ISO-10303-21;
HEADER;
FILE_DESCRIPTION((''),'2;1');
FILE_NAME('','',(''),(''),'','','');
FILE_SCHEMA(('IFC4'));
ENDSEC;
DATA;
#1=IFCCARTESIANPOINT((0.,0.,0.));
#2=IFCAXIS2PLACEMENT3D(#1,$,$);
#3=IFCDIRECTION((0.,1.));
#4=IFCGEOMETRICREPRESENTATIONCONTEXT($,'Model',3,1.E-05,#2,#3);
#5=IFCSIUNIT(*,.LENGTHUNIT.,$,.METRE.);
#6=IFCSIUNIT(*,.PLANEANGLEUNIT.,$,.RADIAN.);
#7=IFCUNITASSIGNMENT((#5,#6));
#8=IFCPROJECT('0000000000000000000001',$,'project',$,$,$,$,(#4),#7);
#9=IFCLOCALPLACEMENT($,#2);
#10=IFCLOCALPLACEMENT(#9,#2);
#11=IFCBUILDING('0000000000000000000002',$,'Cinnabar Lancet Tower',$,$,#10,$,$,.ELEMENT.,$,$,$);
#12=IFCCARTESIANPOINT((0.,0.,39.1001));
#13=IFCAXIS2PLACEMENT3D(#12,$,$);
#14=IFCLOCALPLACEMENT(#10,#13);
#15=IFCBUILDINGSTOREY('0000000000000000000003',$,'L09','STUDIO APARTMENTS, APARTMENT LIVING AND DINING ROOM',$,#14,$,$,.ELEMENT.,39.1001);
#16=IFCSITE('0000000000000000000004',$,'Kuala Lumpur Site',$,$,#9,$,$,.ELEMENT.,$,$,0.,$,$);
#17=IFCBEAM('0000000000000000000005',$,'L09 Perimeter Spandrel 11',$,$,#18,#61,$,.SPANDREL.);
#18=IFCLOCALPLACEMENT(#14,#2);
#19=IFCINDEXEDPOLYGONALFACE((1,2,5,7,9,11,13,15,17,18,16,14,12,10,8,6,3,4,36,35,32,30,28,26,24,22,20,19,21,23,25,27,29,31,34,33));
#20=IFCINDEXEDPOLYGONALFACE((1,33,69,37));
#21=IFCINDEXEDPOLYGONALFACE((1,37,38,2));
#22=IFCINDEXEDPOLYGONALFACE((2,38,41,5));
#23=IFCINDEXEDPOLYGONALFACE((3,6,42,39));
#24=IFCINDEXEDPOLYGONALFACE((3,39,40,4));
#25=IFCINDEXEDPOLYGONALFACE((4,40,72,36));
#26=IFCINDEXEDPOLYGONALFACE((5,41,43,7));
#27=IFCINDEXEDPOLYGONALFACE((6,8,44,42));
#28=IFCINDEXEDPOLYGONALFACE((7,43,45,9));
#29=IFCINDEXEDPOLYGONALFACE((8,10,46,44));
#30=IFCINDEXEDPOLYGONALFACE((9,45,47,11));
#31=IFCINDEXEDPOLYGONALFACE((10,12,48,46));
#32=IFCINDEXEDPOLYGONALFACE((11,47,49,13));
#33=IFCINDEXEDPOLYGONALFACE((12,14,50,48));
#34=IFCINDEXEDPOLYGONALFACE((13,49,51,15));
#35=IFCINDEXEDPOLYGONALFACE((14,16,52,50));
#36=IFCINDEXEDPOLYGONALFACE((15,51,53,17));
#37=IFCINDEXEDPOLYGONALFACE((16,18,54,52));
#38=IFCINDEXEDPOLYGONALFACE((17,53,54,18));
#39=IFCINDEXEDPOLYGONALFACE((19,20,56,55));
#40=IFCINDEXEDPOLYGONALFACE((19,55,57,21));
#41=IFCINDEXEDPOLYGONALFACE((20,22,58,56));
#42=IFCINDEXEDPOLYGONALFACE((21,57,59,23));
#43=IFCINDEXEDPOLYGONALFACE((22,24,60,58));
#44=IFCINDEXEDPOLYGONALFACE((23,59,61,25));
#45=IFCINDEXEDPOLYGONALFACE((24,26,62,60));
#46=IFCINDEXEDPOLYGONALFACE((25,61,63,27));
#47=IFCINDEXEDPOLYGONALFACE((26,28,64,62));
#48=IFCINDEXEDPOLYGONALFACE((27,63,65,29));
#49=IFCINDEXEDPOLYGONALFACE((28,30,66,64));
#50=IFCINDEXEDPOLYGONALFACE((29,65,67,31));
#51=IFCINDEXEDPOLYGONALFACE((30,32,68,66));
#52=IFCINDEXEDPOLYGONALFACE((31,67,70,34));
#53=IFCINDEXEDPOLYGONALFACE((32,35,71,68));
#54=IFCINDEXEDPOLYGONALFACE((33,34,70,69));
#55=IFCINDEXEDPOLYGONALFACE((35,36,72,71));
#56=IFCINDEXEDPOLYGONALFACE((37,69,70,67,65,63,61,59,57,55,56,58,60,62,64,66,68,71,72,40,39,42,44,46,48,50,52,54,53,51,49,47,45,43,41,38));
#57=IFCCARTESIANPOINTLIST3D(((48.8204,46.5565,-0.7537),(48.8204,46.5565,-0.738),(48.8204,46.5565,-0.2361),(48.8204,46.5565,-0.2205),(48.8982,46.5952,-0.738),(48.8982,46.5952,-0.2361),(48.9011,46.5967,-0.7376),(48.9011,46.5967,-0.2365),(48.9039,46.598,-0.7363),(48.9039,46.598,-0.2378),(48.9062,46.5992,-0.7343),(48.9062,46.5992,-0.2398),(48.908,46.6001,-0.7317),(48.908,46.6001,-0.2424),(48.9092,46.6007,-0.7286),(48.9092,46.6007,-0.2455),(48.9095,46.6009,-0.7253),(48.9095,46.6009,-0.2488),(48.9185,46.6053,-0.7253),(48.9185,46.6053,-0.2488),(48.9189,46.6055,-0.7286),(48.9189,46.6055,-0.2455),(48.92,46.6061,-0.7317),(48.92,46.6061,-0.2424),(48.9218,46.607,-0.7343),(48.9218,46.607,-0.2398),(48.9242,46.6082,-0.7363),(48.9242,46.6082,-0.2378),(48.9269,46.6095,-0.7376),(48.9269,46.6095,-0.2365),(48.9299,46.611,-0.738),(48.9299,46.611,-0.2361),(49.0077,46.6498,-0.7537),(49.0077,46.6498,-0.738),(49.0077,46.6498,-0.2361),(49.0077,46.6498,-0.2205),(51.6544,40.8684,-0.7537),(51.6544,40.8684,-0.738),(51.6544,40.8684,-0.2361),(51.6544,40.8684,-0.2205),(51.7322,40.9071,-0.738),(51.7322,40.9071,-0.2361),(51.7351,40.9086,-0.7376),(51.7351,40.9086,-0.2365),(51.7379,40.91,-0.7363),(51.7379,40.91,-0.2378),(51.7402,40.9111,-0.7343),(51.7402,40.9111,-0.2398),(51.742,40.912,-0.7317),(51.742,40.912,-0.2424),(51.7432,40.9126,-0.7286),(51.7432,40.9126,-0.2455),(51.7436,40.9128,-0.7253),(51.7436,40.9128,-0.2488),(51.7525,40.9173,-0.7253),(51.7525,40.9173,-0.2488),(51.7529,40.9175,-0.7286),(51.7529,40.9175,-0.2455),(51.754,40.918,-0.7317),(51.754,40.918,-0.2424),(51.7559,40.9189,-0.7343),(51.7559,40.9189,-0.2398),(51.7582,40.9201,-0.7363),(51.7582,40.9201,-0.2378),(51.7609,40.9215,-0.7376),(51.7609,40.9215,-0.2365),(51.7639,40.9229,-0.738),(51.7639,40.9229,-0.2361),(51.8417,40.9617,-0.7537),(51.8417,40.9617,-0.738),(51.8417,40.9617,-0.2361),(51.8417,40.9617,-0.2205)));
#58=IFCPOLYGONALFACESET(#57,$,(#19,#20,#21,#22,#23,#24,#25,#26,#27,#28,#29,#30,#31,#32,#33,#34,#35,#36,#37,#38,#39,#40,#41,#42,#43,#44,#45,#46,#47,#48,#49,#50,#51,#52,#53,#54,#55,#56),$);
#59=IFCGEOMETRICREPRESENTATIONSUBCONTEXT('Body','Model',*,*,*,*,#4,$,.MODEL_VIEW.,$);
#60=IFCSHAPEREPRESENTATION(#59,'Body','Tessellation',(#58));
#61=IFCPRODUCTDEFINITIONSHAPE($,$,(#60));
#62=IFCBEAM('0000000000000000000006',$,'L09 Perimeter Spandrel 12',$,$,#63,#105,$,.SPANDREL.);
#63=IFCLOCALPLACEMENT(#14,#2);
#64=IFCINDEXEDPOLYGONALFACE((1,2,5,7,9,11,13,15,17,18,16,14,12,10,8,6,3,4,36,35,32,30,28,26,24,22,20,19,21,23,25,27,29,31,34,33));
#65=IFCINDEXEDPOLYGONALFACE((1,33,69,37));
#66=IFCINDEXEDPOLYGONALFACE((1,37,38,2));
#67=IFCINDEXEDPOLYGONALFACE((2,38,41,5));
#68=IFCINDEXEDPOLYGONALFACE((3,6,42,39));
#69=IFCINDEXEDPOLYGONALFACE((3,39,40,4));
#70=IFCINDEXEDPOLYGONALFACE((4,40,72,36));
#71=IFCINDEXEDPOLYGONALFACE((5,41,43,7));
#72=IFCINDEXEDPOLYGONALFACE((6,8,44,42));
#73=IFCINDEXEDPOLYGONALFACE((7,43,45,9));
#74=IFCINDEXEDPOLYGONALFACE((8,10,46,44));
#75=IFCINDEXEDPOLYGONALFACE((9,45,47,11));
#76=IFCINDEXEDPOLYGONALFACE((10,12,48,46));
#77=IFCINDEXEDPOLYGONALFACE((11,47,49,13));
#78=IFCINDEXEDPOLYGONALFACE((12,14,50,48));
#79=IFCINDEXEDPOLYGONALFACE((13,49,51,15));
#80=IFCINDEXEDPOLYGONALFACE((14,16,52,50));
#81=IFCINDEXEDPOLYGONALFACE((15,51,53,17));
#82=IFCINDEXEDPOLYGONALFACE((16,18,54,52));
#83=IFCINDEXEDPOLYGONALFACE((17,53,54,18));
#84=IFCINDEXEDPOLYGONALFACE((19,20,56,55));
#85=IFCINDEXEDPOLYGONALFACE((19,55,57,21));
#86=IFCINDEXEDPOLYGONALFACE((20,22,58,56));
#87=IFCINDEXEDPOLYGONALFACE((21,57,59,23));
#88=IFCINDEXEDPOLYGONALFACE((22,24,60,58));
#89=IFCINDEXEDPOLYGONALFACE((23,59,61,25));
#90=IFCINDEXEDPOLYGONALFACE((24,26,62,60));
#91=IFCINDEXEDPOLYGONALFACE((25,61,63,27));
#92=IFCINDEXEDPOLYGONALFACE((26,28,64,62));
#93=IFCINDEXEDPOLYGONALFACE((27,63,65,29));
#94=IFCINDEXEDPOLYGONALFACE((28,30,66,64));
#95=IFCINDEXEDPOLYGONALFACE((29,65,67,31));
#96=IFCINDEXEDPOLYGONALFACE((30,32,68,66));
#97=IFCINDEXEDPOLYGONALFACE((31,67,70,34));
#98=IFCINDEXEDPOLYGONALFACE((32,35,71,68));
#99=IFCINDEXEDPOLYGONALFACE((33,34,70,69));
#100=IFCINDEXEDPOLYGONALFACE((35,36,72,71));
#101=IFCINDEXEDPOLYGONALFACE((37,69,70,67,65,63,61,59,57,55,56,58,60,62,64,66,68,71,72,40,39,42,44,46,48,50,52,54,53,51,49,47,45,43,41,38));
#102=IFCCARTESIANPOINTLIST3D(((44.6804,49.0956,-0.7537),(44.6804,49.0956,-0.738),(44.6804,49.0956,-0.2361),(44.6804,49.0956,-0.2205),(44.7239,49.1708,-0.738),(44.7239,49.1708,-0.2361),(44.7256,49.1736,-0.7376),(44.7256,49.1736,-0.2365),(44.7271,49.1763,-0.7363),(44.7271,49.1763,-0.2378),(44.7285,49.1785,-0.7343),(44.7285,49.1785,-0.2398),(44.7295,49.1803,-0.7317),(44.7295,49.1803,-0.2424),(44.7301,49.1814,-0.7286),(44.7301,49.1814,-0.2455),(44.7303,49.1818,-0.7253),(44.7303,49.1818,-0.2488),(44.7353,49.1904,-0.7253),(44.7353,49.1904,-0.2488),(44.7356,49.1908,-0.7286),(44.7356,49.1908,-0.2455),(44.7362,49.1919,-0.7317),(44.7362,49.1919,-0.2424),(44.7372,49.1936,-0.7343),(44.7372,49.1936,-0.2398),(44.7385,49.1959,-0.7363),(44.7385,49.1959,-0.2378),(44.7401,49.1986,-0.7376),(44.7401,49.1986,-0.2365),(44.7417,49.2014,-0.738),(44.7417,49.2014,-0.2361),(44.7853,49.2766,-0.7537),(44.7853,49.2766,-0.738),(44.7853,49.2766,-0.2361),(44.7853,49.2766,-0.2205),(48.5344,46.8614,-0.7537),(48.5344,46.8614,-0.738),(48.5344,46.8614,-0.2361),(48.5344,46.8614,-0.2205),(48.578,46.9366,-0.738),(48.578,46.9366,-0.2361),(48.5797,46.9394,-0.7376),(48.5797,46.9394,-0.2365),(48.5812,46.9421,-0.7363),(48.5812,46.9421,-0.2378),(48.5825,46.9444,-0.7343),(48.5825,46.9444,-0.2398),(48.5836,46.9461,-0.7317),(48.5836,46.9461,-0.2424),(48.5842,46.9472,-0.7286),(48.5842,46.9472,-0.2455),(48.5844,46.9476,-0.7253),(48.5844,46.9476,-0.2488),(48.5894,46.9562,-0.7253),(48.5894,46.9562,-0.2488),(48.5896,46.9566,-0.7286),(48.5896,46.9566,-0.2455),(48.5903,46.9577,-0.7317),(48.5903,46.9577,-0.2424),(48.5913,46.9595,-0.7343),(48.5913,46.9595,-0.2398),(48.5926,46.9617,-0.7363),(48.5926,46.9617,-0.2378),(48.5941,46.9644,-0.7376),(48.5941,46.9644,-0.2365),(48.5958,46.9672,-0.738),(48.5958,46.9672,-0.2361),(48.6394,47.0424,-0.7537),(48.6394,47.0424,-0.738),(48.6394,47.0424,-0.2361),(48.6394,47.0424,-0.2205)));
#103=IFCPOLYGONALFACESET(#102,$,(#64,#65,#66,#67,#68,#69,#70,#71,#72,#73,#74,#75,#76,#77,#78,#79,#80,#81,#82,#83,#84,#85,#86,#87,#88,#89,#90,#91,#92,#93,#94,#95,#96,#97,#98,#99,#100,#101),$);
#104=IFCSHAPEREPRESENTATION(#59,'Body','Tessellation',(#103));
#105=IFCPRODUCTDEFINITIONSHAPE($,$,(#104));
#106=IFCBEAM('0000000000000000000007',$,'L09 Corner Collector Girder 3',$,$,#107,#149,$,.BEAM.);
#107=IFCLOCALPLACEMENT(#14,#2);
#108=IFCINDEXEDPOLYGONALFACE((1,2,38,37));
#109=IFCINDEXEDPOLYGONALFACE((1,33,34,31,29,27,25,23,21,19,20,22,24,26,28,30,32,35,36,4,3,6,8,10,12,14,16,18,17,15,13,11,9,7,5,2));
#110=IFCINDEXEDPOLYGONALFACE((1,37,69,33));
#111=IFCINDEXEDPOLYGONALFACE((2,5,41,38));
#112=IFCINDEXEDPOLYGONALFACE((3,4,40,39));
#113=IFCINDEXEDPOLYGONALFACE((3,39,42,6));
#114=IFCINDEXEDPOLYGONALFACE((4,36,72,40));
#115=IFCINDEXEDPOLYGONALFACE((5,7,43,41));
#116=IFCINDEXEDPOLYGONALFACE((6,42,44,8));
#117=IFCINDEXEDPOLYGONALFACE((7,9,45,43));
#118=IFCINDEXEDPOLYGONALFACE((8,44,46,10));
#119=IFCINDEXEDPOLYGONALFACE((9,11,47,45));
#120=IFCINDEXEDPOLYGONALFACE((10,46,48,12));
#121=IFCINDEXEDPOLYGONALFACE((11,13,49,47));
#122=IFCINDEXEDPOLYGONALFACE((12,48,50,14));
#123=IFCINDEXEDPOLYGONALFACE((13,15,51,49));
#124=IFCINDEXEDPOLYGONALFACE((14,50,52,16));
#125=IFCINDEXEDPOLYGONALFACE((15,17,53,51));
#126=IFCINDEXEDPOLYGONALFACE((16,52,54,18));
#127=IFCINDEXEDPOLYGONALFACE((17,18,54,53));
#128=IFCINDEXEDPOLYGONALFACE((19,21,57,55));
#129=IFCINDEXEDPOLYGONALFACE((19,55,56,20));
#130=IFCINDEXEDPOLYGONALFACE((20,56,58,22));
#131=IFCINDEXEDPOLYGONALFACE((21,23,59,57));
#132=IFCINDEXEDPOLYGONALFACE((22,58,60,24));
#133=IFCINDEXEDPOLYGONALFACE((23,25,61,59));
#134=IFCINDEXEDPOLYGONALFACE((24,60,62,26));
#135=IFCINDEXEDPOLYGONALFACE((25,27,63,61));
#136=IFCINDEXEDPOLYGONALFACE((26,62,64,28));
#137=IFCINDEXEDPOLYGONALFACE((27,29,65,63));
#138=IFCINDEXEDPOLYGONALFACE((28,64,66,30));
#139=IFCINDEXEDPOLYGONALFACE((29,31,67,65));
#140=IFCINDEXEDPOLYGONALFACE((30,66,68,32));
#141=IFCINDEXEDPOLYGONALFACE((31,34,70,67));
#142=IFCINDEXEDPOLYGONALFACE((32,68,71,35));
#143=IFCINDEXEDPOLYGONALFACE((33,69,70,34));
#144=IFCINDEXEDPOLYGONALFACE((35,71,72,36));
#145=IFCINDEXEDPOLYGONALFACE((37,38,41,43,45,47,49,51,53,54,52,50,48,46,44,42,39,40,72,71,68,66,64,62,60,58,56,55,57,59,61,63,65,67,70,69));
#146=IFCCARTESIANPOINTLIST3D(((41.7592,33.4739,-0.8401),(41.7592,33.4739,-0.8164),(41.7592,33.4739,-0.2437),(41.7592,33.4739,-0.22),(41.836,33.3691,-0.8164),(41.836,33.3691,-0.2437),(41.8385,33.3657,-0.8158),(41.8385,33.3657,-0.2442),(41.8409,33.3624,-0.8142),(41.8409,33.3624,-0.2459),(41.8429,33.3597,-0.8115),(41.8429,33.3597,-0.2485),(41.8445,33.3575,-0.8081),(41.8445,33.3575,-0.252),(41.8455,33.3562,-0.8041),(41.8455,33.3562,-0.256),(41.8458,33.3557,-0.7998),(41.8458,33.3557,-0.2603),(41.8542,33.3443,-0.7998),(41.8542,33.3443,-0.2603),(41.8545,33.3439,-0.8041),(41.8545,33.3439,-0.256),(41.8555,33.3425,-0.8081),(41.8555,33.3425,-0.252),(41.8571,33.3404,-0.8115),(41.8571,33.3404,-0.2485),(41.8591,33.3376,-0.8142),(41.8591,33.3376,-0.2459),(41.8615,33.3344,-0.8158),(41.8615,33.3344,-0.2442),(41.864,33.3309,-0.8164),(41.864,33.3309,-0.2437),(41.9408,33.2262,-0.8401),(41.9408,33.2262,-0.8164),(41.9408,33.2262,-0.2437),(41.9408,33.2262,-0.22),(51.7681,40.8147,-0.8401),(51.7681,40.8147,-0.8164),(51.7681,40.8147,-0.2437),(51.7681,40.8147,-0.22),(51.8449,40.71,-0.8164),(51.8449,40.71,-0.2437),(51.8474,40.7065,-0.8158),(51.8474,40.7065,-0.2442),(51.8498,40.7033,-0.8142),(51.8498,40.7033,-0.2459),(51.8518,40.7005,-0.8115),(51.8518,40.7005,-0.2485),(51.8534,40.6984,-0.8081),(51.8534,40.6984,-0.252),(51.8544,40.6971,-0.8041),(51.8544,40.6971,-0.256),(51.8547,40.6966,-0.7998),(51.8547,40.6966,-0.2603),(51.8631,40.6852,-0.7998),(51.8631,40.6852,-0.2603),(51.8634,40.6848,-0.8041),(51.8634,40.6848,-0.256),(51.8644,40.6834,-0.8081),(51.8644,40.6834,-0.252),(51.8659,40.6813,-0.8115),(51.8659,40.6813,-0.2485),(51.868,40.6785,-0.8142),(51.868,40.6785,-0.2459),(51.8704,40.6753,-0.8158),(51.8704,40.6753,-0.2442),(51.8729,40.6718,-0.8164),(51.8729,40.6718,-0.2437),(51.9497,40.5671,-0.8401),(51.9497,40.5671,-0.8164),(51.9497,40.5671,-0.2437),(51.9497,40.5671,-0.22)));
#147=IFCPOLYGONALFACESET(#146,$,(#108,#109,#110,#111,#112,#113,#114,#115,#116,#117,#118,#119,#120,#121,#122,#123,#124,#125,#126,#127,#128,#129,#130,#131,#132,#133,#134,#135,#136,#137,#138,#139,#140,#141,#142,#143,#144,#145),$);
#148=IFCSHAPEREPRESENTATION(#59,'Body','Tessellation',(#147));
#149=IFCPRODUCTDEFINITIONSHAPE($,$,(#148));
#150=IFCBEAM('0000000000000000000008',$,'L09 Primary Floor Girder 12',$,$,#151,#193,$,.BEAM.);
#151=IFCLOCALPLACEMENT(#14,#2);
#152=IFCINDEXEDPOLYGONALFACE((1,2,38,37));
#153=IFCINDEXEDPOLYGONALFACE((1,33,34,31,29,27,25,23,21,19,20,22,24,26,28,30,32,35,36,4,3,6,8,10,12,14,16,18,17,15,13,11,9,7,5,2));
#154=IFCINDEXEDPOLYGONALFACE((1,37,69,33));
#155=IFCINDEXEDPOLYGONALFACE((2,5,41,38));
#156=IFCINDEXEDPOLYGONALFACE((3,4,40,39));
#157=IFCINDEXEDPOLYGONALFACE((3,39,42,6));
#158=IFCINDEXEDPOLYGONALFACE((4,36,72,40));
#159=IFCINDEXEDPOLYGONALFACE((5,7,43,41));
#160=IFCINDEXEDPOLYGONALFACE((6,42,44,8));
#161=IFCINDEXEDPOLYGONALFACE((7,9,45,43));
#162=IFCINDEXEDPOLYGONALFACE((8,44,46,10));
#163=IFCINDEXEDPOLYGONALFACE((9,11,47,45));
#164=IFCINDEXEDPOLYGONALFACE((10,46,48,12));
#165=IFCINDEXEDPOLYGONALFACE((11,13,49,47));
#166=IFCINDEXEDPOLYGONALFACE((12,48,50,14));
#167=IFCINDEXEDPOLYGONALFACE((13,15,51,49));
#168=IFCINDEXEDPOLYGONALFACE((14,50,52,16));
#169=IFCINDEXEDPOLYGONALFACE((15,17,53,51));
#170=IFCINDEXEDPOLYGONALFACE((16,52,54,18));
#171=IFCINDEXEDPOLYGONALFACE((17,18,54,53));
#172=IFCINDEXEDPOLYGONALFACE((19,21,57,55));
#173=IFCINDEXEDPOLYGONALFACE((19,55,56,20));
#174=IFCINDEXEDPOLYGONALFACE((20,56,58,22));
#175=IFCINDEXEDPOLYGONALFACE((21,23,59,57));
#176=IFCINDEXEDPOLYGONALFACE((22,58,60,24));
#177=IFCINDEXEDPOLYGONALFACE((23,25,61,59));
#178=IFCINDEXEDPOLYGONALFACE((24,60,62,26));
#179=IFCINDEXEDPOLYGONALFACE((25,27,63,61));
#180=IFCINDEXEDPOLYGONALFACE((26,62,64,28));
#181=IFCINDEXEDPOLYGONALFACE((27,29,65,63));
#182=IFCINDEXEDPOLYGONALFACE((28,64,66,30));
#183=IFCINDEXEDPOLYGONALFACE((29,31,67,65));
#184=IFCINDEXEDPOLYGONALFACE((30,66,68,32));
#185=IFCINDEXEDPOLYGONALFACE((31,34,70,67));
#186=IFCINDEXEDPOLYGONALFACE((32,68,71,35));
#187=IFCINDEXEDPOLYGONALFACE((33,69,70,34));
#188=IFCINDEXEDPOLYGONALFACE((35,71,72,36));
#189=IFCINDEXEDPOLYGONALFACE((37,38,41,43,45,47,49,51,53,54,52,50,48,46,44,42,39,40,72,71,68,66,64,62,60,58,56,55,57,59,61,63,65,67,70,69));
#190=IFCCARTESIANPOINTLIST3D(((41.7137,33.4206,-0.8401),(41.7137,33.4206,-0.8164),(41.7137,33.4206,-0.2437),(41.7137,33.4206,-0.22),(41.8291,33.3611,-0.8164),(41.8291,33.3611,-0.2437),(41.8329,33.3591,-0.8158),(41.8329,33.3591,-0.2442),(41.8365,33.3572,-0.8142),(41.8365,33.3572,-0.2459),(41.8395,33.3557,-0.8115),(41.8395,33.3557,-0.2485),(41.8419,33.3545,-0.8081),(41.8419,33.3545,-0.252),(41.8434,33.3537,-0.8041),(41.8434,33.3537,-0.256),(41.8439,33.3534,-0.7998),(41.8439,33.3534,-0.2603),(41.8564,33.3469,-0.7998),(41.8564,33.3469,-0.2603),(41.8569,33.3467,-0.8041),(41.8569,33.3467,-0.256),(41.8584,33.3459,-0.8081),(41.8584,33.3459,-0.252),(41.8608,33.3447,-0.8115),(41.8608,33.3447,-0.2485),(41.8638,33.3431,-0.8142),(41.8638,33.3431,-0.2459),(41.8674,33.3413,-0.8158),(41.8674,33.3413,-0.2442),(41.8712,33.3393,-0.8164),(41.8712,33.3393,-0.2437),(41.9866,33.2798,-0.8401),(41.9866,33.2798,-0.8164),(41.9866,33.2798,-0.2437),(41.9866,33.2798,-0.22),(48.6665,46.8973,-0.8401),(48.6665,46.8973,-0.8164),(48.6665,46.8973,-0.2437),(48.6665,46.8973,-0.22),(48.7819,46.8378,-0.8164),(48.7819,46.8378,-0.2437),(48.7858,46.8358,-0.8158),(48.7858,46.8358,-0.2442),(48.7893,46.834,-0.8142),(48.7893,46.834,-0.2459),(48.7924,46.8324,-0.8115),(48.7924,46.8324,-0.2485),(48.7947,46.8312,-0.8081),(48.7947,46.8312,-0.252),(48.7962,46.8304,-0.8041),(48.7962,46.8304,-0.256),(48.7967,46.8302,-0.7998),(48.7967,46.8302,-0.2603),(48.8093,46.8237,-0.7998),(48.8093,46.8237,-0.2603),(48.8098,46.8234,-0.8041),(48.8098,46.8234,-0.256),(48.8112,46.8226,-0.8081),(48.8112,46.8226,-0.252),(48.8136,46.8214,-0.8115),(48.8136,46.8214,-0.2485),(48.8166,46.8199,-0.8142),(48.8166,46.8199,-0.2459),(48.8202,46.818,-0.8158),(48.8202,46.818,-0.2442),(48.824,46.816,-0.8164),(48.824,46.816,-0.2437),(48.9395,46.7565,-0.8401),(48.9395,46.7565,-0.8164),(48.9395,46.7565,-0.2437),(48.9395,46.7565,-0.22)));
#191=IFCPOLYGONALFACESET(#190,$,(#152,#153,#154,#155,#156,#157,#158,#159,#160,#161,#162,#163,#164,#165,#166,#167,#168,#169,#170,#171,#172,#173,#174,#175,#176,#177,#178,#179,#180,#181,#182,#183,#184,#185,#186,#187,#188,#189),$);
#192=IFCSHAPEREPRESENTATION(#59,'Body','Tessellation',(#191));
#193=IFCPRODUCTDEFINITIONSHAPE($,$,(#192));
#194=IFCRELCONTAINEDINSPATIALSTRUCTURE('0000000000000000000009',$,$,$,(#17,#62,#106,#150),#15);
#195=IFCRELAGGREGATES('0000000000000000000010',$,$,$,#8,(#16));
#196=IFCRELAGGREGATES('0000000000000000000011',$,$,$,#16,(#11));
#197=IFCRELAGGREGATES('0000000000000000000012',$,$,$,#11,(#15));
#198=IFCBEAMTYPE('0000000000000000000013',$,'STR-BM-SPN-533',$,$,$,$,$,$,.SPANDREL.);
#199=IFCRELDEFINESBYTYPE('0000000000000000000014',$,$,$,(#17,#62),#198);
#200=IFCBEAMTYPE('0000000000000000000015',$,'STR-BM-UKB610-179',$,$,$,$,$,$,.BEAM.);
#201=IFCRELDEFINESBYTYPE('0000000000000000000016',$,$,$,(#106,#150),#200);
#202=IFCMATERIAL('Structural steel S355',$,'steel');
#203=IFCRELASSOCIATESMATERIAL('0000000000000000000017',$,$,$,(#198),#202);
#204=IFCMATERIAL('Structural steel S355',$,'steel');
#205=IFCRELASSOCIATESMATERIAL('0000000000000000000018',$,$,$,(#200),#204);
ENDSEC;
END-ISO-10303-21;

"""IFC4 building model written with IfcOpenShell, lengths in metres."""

from ifc_helpers import new_model, si_unit, direction, frame, origin, origin_2d, place, context, subcontext, project, spatial, i_section, extrude, material, material_profile, profile_set, type_object, element, save


model = new_model("IFC4")

# Units and contexts
model_context = context("Model", 3, precision=1e-05, world=origin(), true_north=direction((0.0, 1.0)))
body_context = subcontext(model_context, "Body", "Model", "MODEL_VIEW")
ifc_project = project(units=[si_unit("LENGTHUNIT", "METRE"), si_unit("PLANEANGLEUNIT", "RADIAN")], contexts=[model_context])

# Site, building, storey
site_placement = place(None, origin())
site = spatial("IfcSite", under=ifc_project, at=site_placement, Name="Kuala Lumpur Site", CompositionType="ELEMENT", RefElevation=0.0)
building_placement = place(site_placement, origin())
building = spatial("IfcBuilding", under=site, at=building_placement, Name="Cinnabar Lancet Tower", CompositionType="ELEMENT")
storey_placement = place(building_placement, frame((0.0, 0.0, 39.1001)))
storey = spatial("IfcBuildingStorey", under=building, at=storey_placement, Name="L09", Description="STUDIO APARTMENTS, APARTMENT LIVING AND DINING ROOM", CompositionType="ELEMENT", Elevation=39.1001)

# Beams
ifc_material_1 = material(Name="Structural steel S355", Category="steel")
ifc_material_profile_1 = material_profile(ifc_material_1, i_section(OverallWidth=0.2092, OverallDepth=0.5332, WebThickness=0.01, FlangeThickness=0.0156, FilletRadius=0.0127, at=origin_2d()), Name="UKB 533x210x92")
ifc_profile_set_1 = profile_set([ifc_material_profile_1], Name="Structural steel S355")
beam_type_1 = type_object("IfcBeamType", Name="STR-BM-SPN-533", PredefinedType="SPANDREL", material=ifc_profile_set_1)
beam_1_placement = place(storey_placement, frame((51.748, 40.915, -0.4871), z_axis=(-0.445953, 0.895056, 0.0), x_axis=(-0.895056, -0.445953, 0.0)))
element("IfcBeam", 1, at=beam_1_placement, inside=storey, type_object=beam_type_1, Name="L09 Perimeter Spandrel 11", PredefinedType="SPANDREL", context=body_context, shape_type="SweptSolid", body=[
    extrude(i_section(OverallWidth=0.2092, OverallDepth=0.5332, WebThickness=0.01, FlangeThickness=0.0156, FilletRadius=0.0127, at=origin_2d()), origin(), (0.0, 0.0, 1.0), 6.355),
])
beam_2_placement = place(storey_placement, frame((48.5869, 46.9519, -0.4871), z_axis=(-0.865147, 0.501518, 0.0), x_axis=(-0.501518, -0.865147, 0.0)))
element("IfcBeam", 2, at=beam_2_placement, inside=storey, type_object=beam_type_1, Name="L09 Perimeter Spandrel 12", PredefinedType="SPANDREL", context=body_context, shape_type="SweptSolid", body=[
    extrude(i_section(OverallWidth=0.2092, OverallDepth=0.5332, WebThickness=0.01, FlangeThickness=0.0156, FilletRadius=0.0127, at=origin_2d()), origin(), (0.0, 0.0, 1.0), 4.4548),
])
ifc_material_2 = material(Name="Structural steel S355", Category="steel")
ifc_material_profile_2 = material_profile(ifc_material_2, i_section(OverallWidth=0.3071, OverallDepth=0.6201, WebThickness=0.0142, FlangeThickness=0.0237, FilletRadius=0.0166, at=origin_2d()), Name="UKB 610x305x179")
ifc_profile_set_2 = profile_set([ifc_material_profile_2], Name="Structural steel S355")
beam_type_2 = type_object("IfcBeamType", Name="STR-BM-UKB610-179", PredefinedType="BEAM", material=ifc_profile_set_2)
beam_3_placement = place(storey_placement, frame((51.8589, 40.6909, -0.53), z_axis=(-0.806365, -0.591418, 0.0), x_axis=(0.591418, -0.806365, 0.0)))
element("IfcBeam", 3, at=beam_3_placement, inside=storey, type_object=beam_type_2, Name="L09 Corner Collector Girder 3", PredefinedType="BEAM", context=body_context, shape_type="SweptSolid", body=[
    extrude(i_section(OverallWidth=0.3071, OverallDepth=0.6201, WebThickness=0.0142, FlangeThickness=0.0237, FilletRadius=0.0166, at=origin_2d()), origin(), (0.0, 0.0, 1.0), 12.4124),
])
beam_4_placement = place(storey_placement, frame((48.803, 46.8269, -0.53), z_axis=(-0.458492, -0.888698, 0.0), x_axis=(0.888698, -0.458492, 0.0)))
element("IfcBeam", 4, at=beam_4_placement, inside=storey, type_object=beam_type_2, Name="L09 Primary Floor Girder 12", PredefinedType="BEAM", context=body_context, shape_type="SweptSolid", body=[
    extrude(i_section(OverallWidth=0.3071, OverallDepth=0.6201, WebThickness=0.0142, FlangeThickness=0.0237, FilletRadius=0.0166, at=origin_2d()), origin(), (0.0, 0.0, 1.0), 15.1646),
])

save(model, "model.ifc")
